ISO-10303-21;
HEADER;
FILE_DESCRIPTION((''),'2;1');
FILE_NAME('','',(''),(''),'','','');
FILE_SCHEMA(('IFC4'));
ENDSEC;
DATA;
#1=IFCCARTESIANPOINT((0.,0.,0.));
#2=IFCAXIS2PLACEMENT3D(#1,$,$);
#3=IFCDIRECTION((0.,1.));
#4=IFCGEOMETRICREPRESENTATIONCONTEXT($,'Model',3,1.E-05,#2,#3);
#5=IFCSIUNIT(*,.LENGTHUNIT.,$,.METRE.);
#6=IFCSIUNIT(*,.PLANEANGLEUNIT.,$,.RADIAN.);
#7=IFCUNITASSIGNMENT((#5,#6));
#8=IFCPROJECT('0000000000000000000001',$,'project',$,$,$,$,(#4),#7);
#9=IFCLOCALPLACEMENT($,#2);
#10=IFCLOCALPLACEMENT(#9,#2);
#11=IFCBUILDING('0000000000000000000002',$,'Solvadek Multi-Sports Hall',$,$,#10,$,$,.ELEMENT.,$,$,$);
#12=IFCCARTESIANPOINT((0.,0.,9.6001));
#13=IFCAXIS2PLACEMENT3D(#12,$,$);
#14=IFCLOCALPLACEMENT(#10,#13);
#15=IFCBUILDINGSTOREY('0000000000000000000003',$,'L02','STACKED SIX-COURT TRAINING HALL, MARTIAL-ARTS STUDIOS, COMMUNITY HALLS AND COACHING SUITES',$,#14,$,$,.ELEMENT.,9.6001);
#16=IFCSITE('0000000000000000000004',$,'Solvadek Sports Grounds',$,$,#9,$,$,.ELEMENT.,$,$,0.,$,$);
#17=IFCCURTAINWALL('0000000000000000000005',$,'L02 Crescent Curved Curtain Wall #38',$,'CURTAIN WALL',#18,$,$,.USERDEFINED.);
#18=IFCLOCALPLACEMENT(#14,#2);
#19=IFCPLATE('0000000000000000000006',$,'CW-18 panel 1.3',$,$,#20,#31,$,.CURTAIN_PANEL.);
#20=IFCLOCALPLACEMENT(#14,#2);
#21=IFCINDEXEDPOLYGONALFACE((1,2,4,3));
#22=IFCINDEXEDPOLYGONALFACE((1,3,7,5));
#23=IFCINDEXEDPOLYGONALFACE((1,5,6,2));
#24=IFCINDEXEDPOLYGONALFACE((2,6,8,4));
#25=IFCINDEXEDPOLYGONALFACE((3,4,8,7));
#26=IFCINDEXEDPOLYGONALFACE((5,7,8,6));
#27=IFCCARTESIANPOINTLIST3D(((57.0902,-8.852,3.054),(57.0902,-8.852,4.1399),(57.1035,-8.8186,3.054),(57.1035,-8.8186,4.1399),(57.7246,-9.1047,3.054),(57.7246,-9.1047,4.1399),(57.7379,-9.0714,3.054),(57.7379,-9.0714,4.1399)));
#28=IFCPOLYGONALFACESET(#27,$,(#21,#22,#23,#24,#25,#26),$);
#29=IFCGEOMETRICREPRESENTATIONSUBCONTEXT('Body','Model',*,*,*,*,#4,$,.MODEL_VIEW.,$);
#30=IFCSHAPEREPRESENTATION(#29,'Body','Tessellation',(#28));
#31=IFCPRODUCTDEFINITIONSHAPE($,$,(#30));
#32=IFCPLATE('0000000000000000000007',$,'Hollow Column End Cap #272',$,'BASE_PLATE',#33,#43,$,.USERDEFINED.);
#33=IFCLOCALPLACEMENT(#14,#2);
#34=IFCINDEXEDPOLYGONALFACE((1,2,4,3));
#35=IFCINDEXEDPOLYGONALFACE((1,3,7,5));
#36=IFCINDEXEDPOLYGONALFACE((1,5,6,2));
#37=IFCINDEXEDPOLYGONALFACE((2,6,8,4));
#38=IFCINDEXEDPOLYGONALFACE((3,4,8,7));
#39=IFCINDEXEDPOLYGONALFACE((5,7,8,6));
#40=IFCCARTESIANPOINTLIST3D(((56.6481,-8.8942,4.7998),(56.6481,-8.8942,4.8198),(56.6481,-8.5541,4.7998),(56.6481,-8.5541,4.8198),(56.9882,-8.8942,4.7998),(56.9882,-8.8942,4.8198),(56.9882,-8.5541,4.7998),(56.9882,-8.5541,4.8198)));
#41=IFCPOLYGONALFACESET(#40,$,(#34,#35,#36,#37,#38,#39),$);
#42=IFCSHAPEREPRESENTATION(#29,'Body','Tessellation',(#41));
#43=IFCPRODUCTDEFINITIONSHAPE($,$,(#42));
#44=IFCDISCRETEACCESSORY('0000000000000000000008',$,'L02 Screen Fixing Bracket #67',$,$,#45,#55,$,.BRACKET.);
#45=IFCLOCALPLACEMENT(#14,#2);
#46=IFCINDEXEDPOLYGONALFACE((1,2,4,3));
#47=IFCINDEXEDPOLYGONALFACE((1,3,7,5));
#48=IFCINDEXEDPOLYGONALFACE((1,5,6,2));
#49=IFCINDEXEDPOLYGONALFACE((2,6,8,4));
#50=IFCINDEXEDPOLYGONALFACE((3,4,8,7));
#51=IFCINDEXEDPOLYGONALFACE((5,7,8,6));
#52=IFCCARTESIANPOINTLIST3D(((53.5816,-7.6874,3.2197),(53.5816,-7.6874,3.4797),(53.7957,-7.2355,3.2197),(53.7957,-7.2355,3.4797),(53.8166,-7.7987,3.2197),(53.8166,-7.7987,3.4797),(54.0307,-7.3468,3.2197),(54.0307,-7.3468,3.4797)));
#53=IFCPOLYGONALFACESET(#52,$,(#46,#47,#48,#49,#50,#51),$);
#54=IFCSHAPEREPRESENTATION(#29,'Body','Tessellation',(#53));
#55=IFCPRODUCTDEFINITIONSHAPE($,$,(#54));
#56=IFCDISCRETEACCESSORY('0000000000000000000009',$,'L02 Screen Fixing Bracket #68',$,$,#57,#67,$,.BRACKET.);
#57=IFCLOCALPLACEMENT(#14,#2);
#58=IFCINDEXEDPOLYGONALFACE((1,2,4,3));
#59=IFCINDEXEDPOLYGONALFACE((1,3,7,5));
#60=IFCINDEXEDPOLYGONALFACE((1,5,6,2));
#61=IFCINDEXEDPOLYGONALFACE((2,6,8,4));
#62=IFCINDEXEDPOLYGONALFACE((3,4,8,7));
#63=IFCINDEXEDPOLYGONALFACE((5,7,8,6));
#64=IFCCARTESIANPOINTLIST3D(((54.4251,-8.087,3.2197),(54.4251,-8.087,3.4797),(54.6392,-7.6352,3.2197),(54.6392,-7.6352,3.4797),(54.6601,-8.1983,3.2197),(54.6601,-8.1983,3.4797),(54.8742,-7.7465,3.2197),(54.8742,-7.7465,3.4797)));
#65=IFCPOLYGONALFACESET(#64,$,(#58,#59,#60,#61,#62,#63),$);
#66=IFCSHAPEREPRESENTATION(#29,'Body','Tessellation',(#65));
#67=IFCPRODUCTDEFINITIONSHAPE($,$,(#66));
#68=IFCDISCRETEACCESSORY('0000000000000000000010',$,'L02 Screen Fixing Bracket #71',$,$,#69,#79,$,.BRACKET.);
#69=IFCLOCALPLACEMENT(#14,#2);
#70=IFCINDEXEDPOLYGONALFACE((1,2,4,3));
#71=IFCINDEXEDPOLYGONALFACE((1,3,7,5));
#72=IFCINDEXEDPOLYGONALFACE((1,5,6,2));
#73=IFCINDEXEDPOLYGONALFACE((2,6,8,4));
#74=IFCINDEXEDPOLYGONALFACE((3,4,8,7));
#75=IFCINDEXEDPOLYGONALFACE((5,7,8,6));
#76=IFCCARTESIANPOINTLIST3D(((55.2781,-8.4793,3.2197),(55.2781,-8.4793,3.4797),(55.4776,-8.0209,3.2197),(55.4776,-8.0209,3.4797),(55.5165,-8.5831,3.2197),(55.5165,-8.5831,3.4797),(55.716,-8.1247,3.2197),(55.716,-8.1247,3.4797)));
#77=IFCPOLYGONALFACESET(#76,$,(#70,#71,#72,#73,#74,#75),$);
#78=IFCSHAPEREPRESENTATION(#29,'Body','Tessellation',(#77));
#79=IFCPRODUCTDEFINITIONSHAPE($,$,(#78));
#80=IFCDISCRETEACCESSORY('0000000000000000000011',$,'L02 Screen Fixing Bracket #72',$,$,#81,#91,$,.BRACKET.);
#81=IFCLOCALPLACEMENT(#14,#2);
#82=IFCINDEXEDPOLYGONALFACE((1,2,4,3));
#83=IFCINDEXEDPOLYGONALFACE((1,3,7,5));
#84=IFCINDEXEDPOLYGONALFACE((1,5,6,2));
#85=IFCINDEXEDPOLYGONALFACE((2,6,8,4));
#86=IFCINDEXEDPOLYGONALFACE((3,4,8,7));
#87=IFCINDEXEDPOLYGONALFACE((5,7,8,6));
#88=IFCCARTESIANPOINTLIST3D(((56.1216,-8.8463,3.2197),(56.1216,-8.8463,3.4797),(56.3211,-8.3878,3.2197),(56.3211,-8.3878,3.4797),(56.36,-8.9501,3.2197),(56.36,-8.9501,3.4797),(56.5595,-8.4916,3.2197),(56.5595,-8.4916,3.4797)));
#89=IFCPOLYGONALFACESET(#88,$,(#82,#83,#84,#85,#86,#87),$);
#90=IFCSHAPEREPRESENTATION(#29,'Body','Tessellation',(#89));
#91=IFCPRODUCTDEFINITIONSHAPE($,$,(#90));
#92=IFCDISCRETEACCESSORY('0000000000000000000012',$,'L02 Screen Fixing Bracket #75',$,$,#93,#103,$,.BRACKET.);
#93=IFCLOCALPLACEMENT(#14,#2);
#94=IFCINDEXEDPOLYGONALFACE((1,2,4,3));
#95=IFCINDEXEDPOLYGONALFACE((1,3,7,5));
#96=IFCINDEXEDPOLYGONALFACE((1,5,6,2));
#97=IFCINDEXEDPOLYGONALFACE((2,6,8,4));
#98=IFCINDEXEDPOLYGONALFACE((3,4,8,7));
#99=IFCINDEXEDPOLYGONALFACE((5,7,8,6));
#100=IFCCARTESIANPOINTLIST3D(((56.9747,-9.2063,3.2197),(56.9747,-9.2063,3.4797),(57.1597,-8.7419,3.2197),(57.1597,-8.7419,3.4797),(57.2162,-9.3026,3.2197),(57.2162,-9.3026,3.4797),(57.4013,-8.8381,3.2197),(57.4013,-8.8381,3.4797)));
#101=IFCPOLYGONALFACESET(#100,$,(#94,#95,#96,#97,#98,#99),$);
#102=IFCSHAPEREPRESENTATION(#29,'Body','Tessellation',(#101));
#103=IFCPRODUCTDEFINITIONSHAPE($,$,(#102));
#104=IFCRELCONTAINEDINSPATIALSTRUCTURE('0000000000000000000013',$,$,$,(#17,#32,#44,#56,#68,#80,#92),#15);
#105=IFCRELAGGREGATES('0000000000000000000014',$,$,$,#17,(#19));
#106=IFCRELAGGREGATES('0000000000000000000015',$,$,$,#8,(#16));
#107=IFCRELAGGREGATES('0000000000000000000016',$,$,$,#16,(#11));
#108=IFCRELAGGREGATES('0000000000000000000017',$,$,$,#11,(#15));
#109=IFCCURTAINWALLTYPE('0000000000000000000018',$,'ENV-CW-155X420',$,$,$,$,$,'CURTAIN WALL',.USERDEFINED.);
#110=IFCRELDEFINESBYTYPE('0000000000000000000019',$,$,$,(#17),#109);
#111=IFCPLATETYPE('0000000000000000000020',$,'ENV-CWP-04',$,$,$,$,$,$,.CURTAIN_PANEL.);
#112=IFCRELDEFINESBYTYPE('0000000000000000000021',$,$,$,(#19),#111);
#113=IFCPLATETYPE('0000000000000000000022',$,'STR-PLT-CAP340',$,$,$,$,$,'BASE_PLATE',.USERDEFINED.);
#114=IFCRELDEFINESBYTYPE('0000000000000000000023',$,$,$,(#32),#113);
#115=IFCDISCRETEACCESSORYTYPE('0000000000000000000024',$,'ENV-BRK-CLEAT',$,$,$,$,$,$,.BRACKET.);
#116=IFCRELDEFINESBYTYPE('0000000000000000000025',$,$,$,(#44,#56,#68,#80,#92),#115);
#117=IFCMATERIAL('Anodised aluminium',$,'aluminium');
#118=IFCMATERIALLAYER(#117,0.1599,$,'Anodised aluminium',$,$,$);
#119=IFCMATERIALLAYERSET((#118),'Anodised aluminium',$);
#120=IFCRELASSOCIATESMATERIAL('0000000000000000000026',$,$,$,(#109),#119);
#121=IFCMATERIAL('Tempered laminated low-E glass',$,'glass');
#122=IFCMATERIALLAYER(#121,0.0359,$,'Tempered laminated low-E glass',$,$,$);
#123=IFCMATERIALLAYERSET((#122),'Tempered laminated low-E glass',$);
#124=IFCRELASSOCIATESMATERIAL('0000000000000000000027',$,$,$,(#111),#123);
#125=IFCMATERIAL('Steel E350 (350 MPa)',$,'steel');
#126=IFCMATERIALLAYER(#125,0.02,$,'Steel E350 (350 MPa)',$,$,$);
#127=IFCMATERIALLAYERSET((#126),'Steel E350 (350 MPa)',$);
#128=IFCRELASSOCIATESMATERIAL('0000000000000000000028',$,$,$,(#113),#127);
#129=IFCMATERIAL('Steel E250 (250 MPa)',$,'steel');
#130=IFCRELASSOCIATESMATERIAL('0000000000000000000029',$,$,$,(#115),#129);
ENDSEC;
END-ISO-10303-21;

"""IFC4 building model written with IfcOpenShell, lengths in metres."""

from ifc_helpers import new_model, si_unit, direction, frame, origin, origin_2d, place, context, subcontext, project, spatial, rectangle, extrude, material, layer, layer_set, type_object, element, aggregate, save


model = new_model("IFC4")

# Units and contexts
model_context = context("Model", 3, precision=1e-05, world=origin(), true_north=direction((0.0, 1.0)))
body_context = subcontext(model_context, "Body", "Model", "MODEL_VIEW")
ifc_project = project(units=[si_unit("LENGTHUNIT", "METRE"), si_unit("PLANEANGLEUNIT", "RADIAN")], contexts=[model_context])

# Site, building, storey
site_placement = place(None, origin())
site = spatial("IfcSite", under=ifc_project, at=site_placement, Name="Solvadek Sports Grounds", CompositionType="ELEMENT", RefElevation=0.0)
building_placement = place(site_placement, origin())
building = spatial("IfcBuilding", under=site, at=building_placement, Name="Solvadek Multi-Sports Hall", CompositionType="ELEMENT")
storey_placement = place(building_placement, frame((0.0, 0.0, 9.6001)))
storey = spatial("IfcBuildingStorey", under=building, at=storey_placement, Name="L02", Description="STACKED SIX-COURT TRAINING HALL, MARTIAL-ARTS STUDIOS, COMMUNITY HALLS AND COACHING SUITES", CompositionType="ELEMENT", Elevation=9.6001)

# Curtain wall
ifc_material_1 = material(Name="Anodised aluminium", Category="aluminium")
ifc_layer_1 = layer(ifc_material_1, 0.1599, Name="Anodised aluminium")
ifc_layer_set_1 = layer_set([ifc_layer_1], Name="Anodised aluminium")
curtain_wall_type_1 = type_object("IfcCurtainWallType", Name="ENV-CW-155X420", ElementType="CURTAIN WALL", PredefinedType="USERDEFINED", material=ifc_layer_set_1)
curtain_wall_1_placement = place(storey_placement, origin())
curtain_wall_1 = element("IfcCurtainWall", 1, at=curtain_wall_1_placement, inside=storey, type_object=curtain_wall_type_1, Name="L02 Crescent Curved Curtain Wall #38", ObjectType="CURTAIN WALL", PredefinedType="USERDEFINED")

# Shared definitions
ifc_material_2 = material(Name="Steel E350 (350 MPa)", Category="steel")

# Shared definitions
ifc_material_3 = material(Name="Steel E250 (250 MPa)", Category="steel")

# Plates
ifc_material_4 = material(Name="Tempered laminated low-E glass", Category="glass")
ifc_layer_2 = layer(ifc_material_4, 0.0359, Name="Tempered laminated low-E glass")
ifc_layer_set_2 = layer_set([ifc_layer_2], Name="Tempered laminated low-E glass")
plate_type_1 = type_object("IfcPlateType", Name="ENV-CWP-04", PredefinedType="CURTAIN_PANEL", material=ifc_layer_set_2)
plate_1_placement = place(storey_placement, frame((57.4141, -8.9617, 3.054), z_axis=(0.0, 0.0, 1.0), x_axis=(0.928967, -0.370163, 0.0)))
plate_1 = element("IfcPlate", 2, at=plate_1_placement, type_object=plate_type_1, Name="CW-18 panel 1.3", PredefinedType="CURTAIN_PANEL", context=body_context, shape_type="SweptSolid", body=[
    extrude(rectangle(XDim=0.6829, YDim=0.0359, at=origin_2d()), origin(), (0.0, 0.0, 1.0), 1.0859),
])
aggregate(curtain_wall_1, [plate_1])
ifc_layer_3 = layer(ifc_material_2, 0.02, Name="Steel E350 (350 MPa)")
ifc_layer_set_3 = layer_set([ifc_layer_3], Name="Steel E350 (350 MPa)")
plate_type_2 = type_object("IfcPlateType", Name="STR-PLT-CAP340", ElementType="BASE_PLATE", PredefinedType="USERDEFINED", material=ifc_layer_set_3)
plate_2_placement = place(storey_placement, frame((56.8181, -8.7241, 4.7998), z_axis=(0.0, 0.0, 1.0), x_axis=(1.0, 0.0, 0.0)))
element("IfcPlate", 3, at=plate_2_placement, inside=storey, type_object=plate_type_2, Name="Hollow Column End Cap #272", ObjectType="BASE_PLATE", PredefinedType="USERDEFINED", context=body_context, shape_type="SweptSolid", body=[
    extrude(rectangle(XDim=0.3401, YDim=0.3401, at=origin_2d()), origin(), (0.0, 0.0, 1.0), 0.02),
])

# Discrete accessories
discrete_accessory_type = type_object("IfcDiscreteAccessoryType", Name="ENV-BRK-CLEAT", PredefinedType="BRACKET", material=ifc_material_3)
for number, where, z_axis, x_axis, name in (
    (4, (53.8062, -7.5171, 3.2197), (0.0, 0.0, 1.0), (0.903719, -0.428125, 0.0), "L02 Screen Fixing Bracket #67"),
    (5, (54.6497, -7.9167, 3.2197), (0.0, 0.0, 1.0), (0.903719, -0.428125, 0.0), "L02 Screen Fixing Bracket #68"),
    (6, (55.4971, -8.302, 3.2197), (0.0, 0.0, 1.0), (0.916918, -0.399076, 0.0), "L02 Screen Fixing Bracket #71"),
    (7, (56.3406, -8.6689, 3.2197), (0.0, 0.0, 1.0), (0.916918, -0.399076, 0.0), "L02 Screen Fixing Bracket #72"),
    (8, (57.188, -9.0222, 3.2197), (0.0, 0.0, 1.0), (0.928981, -0.370128, 0.0), "L02 Screen Fixing Bracket #75"),
):
    element("IfcDiscreteAccessory", number, at=place(storey_placement, frame(where, z_axis=z_axis, x_axis=x_axis)), inside=storey, type_object=discrete_accessory_type, Name=name, PredefinedType="BRACKET", context=body_context, shape_type="SweptSolid", body=[
        extrude(rectangle(XDim=0.26, YDim=0.5, at=origin_2d()), origin(), (0.0, 0.0, 1.0), 0.26),
    ])

save(model, "model.ifc")
